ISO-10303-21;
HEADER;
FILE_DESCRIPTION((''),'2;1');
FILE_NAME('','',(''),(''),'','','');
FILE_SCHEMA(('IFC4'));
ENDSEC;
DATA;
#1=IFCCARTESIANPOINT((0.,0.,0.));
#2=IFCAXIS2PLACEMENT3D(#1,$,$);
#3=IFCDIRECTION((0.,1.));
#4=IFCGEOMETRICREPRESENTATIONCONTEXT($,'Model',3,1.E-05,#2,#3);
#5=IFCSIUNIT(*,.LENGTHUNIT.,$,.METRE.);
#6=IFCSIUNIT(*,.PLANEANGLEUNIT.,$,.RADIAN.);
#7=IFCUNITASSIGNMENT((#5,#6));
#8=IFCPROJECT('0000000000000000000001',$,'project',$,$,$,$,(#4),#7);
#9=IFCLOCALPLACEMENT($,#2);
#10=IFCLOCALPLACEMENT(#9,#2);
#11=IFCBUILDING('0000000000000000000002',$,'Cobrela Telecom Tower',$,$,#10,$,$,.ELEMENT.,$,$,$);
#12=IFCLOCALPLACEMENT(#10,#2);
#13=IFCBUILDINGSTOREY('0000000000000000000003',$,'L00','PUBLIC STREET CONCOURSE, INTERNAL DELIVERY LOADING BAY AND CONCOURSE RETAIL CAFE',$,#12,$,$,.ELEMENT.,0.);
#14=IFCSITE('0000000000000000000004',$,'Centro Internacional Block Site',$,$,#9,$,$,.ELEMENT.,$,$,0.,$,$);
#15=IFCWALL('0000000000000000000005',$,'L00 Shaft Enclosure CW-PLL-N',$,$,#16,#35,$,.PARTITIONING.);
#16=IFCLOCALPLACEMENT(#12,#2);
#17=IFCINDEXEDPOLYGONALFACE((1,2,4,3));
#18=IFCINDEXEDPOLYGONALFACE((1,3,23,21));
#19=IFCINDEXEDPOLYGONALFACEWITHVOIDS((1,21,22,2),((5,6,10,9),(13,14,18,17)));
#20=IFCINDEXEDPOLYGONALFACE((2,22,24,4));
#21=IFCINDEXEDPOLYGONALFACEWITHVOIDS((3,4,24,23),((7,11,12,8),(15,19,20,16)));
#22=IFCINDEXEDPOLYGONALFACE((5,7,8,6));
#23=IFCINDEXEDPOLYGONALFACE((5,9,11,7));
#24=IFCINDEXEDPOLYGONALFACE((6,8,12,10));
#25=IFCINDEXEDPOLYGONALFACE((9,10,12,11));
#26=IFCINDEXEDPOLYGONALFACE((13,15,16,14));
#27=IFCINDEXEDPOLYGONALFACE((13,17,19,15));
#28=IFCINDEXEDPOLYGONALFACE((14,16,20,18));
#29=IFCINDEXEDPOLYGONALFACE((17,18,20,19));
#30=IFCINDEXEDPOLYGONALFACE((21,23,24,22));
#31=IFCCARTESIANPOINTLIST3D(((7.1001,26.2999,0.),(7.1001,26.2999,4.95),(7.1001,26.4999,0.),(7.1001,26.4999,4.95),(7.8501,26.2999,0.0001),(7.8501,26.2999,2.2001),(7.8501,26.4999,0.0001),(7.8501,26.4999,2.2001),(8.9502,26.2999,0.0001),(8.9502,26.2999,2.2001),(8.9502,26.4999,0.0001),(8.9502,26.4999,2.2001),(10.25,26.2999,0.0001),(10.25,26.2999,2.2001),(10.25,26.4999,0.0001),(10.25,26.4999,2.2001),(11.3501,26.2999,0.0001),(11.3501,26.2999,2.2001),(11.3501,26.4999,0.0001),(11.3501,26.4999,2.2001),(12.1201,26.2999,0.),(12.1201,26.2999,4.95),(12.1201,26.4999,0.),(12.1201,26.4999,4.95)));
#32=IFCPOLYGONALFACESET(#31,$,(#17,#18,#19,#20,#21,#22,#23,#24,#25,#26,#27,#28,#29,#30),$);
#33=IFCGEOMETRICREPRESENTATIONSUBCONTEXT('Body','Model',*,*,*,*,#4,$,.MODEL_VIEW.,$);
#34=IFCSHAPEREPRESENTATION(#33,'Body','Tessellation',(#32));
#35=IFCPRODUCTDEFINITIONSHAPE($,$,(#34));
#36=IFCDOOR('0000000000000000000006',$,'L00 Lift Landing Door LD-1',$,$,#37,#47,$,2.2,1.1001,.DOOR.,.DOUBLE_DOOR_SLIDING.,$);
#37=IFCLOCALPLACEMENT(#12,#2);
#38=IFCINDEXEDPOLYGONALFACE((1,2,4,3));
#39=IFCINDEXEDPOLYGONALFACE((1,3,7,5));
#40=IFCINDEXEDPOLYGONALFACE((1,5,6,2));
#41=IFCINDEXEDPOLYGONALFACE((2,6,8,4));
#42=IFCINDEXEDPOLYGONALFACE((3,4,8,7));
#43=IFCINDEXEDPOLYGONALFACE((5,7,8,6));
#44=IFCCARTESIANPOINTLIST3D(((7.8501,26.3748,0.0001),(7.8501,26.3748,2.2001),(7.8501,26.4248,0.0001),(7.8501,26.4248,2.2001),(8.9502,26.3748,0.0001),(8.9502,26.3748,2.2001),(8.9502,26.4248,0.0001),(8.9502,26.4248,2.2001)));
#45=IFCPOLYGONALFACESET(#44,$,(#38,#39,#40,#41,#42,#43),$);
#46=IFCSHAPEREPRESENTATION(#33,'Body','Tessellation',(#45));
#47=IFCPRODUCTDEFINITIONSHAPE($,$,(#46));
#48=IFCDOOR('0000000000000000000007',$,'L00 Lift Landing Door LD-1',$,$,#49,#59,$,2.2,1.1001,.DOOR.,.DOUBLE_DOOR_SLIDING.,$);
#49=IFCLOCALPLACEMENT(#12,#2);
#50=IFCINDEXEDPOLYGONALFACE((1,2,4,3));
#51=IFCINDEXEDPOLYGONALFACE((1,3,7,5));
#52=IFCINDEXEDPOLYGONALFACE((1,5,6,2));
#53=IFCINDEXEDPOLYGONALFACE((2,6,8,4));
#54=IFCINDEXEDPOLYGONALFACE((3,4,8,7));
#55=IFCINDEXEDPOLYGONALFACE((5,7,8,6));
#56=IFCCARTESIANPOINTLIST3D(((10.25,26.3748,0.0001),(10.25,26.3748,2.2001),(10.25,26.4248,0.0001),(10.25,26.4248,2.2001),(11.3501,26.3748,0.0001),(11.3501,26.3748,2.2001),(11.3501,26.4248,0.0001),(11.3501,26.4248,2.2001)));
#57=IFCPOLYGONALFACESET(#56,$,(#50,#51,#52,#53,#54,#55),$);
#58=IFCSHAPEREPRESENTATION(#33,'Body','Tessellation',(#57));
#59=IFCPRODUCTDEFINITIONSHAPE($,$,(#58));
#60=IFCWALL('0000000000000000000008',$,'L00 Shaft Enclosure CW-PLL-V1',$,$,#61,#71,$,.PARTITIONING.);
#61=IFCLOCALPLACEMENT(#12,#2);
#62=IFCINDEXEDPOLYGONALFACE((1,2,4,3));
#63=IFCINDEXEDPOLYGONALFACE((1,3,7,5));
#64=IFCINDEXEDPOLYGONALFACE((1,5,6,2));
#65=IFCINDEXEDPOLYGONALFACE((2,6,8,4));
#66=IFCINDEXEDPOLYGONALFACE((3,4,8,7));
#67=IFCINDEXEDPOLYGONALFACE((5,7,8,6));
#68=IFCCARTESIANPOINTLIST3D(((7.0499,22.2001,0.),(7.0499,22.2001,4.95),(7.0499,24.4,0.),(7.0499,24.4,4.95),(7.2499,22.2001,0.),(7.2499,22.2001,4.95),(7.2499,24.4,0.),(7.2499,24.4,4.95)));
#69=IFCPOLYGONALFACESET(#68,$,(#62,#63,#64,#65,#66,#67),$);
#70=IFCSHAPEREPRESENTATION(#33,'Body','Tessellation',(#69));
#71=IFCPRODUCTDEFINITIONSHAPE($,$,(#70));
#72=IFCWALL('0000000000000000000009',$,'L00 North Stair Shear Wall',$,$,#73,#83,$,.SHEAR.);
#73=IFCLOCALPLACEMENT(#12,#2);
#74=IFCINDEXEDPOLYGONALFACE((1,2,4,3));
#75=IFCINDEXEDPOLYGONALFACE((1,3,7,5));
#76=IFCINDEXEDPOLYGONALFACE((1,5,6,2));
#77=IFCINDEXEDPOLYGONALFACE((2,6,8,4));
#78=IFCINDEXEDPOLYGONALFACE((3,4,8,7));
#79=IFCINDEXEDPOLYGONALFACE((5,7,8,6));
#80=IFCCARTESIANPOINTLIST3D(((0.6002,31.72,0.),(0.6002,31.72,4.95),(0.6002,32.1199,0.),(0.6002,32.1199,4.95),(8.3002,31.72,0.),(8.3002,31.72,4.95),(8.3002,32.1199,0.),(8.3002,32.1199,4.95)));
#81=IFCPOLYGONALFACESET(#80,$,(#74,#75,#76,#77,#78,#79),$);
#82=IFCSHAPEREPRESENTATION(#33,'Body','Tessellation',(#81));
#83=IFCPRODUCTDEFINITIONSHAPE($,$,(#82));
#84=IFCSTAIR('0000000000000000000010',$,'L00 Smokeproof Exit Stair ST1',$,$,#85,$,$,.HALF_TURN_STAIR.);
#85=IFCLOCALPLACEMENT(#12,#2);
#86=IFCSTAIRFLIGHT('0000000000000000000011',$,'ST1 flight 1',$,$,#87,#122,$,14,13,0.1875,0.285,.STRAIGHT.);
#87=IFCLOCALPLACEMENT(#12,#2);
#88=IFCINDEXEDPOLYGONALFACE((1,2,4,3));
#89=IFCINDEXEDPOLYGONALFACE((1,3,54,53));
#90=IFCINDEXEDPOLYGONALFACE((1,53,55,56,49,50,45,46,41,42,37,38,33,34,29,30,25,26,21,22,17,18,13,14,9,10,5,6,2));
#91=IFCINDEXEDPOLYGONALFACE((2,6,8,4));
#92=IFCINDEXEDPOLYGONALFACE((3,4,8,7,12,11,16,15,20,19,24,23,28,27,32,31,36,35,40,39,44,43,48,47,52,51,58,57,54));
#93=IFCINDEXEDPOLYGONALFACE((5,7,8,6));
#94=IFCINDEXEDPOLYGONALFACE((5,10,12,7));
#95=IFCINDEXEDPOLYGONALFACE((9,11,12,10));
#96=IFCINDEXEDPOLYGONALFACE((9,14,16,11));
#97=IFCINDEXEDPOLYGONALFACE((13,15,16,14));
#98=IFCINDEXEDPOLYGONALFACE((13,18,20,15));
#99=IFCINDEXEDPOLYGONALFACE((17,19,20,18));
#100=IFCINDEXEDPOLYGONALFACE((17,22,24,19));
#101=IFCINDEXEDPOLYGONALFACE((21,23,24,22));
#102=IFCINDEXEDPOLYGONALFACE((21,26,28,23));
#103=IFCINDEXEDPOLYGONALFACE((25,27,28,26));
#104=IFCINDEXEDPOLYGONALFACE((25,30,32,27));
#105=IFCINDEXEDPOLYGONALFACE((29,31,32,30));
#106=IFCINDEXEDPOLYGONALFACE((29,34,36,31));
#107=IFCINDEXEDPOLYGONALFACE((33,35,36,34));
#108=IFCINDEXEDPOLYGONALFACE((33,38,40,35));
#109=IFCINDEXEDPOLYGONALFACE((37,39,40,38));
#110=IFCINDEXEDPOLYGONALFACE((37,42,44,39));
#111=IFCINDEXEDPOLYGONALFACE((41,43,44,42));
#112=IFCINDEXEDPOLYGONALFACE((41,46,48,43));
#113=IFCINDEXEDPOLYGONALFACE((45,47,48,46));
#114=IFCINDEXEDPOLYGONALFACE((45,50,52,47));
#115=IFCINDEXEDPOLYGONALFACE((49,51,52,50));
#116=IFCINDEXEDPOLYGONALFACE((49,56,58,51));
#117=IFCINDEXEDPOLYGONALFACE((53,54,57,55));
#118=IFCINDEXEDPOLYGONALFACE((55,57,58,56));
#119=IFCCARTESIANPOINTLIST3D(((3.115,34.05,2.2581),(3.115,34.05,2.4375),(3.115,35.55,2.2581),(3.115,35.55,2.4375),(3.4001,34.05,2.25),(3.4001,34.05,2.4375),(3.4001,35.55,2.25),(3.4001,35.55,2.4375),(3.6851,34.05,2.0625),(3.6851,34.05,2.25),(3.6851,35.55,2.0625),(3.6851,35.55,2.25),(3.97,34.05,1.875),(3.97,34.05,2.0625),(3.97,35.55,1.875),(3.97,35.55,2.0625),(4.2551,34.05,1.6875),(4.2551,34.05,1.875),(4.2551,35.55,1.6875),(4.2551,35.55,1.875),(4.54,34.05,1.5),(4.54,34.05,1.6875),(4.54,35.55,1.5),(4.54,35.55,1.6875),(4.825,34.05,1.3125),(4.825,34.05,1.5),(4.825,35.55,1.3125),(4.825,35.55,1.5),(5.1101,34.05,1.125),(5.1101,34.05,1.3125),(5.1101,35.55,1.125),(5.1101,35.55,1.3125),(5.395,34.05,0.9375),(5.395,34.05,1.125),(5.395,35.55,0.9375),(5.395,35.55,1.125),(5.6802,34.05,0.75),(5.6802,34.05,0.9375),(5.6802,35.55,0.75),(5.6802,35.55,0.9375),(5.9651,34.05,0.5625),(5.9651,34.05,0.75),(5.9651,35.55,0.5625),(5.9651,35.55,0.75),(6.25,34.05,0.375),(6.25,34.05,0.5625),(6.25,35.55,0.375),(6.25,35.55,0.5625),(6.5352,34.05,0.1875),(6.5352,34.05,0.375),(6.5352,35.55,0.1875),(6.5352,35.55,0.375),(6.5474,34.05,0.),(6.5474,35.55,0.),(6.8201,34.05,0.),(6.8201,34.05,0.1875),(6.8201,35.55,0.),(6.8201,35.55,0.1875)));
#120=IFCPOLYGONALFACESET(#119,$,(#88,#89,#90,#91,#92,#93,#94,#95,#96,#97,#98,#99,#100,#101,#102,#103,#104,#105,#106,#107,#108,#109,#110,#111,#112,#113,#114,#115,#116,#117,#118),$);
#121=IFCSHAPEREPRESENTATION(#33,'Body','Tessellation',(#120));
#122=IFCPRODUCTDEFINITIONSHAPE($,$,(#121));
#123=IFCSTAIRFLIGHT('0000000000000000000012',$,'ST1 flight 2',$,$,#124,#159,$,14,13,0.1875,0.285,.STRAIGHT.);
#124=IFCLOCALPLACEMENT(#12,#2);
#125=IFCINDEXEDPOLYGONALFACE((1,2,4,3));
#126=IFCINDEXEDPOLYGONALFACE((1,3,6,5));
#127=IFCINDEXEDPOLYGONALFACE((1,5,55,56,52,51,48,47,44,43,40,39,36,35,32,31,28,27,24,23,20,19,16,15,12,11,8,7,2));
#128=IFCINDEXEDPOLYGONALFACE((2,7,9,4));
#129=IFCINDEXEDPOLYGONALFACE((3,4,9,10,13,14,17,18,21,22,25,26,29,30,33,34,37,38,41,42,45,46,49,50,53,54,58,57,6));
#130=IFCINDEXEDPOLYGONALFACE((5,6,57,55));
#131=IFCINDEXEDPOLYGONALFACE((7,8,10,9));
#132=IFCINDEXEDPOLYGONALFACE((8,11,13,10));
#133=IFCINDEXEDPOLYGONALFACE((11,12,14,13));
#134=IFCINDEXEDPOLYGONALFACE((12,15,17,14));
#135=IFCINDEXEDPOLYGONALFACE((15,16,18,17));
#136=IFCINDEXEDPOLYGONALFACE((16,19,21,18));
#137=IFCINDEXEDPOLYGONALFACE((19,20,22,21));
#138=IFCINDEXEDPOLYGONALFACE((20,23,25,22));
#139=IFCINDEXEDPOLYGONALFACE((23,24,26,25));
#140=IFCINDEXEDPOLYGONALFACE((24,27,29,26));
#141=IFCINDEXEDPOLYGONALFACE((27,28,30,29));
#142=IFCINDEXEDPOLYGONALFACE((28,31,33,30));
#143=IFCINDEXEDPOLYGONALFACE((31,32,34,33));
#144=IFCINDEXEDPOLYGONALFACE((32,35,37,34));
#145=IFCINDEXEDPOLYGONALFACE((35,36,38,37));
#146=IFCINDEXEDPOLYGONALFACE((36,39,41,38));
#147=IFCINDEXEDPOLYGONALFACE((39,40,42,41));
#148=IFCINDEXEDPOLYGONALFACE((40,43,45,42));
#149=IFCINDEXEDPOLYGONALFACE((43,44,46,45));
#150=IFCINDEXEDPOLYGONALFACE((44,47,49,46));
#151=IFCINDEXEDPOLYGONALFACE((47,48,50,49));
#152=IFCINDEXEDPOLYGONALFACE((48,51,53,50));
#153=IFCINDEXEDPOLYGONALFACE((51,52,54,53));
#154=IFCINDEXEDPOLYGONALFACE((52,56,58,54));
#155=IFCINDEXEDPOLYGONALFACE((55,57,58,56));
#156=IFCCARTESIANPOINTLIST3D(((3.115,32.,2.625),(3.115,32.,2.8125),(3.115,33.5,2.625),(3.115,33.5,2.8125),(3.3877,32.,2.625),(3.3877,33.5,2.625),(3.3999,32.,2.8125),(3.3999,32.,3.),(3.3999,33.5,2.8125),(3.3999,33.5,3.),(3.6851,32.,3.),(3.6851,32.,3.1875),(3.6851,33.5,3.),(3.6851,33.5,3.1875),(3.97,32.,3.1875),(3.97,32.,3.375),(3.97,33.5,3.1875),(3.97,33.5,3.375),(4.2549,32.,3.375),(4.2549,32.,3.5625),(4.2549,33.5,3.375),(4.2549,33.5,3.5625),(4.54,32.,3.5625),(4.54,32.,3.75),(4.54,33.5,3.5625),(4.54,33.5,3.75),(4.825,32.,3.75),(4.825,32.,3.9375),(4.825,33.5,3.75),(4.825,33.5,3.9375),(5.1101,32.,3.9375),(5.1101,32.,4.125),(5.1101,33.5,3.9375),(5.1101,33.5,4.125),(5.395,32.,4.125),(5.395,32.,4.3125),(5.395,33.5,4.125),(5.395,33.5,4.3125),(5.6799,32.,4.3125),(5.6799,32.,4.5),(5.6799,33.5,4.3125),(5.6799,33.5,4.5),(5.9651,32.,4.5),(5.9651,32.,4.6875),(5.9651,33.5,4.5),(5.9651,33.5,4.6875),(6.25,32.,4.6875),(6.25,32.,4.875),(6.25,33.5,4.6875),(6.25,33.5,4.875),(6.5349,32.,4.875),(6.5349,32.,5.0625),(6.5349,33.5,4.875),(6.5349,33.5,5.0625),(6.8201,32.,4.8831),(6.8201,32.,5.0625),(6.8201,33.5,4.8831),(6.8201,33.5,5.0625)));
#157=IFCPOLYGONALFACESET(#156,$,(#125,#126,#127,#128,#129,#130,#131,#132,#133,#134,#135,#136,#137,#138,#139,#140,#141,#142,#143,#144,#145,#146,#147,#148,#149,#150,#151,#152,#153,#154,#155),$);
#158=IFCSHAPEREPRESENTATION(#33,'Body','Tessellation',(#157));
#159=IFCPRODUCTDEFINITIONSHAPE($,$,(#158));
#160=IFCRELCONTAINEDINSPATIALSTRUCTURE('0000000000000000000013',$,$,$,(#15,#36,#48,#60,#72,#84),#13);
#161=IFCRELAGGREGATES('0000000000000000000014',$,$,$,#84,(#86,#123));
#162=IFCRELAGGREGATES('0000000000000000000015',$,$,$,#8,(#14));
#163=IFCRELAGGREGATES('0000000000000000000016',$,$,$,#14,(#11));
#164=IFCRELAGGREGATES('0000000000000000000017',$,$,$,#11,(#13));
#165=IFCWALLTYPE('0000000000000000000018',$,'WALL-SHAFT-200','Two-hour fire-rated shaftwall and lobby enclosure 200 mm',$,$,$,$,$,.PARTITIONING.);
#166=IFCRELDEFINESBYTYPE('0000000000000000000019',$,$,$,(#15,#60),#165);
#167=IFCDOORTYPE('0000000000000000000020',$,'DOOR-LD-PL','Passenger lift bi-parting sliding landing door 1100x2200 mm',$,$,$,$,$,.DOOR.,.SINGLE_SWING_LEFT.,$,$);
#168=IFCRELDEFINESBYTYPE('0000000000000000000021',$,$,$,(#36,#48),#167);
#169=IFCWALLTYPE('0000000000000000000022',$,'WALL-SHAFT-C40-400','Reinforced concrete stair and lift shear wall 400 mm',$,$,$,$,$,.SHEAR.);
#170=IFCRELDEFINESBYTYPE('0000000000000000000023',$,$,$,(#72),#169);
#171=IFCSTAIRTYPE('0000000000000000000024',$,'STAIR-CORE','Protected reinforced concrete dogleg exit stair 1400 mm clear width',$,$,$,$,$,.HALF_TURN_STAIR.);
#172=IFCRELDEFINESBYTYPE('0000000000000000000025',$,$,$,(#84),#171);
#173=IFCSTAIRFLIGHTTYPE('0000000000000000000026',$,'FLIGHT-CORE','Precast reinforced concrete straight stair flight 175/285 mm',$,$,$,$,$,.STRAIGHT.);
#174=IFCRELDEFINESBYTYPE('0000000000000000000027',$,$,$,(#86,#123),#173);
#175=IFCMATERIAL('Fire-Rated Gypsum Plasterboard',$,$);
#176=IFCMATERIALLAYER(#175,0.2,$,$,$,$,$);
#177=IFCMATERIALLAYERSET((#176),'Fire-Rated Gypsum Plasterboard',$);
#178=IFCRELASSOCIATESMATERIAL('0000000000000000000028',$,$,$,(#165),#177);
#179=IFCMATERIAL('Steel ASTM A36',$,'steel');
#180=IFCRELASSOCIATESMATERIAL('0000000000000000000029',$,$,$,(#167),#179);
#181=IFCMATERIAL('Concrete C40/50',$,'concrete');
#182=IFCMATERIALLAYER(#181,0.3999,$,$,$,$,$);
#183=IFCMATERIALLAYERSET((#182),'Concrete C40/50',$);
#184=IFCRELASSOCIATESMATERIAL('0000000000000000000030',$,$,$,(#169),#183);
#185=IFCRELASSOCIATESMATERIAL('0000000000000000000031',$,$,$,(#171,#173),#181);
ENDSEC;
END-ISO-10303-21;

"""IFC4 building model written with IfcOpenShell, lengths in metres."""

from ifc_helpers import new_model, si_unit, direction, frame, frame_2d, origin, place, context, subcontext, project, spatial, polyline, rectangle, outline, extrude, material, layer, layer_set, type_object, element, fill, aggregate, save


model = new_model("IFC4")

# Units and contexts
model_context = context("Model", 3, precision=1e-05, world=origin(), true_north=direction((0.0, 1.0)))
body_context = subcontext(model_context, "Body", "Model", "MODEL_VIEW")
ifc_project = project(units=[si_unit("LENGTHUNIT", "METRE"), si_unit("PLANEANGLEUNIT", "RADIAN")], contexts=[model_context])

# Site, building, storey
site_placement = place(None, origin())
site = spatial("IfcSite", under=ifc_project, at=site_placement, Name="Centro Internacional Block Site", CompositionType="ELEMENT", RefElevation=0.0)
building_placement = place(site_placement, origin())
building = spatial("IfcBuilding", under=site, at=building_placement, Name="Cobrela Telecom Tower", CompositionType="ELEMENT")
storey_placement = place(building_placement, origin())
storey = spatial("IfcBuildingStorey", under=building, at=storey_placement, Name="L00", Description="PUBLIC STREET CONCOURSE, INTERNAL DELIVERY LOADING BAY AND CONCOURSE RETAIL CAFE", CompositionType="ELEMENT", Elevation=0.0)

# Shared definitions
ifc_material_1 = material(Name="Steel ASTM A36", Category="steel")

# Shared definitions
ifc_material_2 = material(Name="Concrete C40/50", Category="concrete")

# Shared definitions
ifc_material_3 = material(Name="Fire-Rated Gypsum Plasterboard")
ifc_layer_1 = layer(ifc_material_3, 0.2)
ifc_layer_set_1 = layer_set([ifc_layer_1], Name="Fire-Rated Gypsum Plasterboard")
wall_type_1 = type_object("IfcWallType", Name="WALL-SHAFT-200", Description="Two-hour fire-rated shaftwall and lobby enclosure 200 mm", PredefinedType="PARTITIONING", material=ifc_layer_set_1)

# Wall, openings, doors
door_type_1 = type_object("IfcDoorType", Name="DOOR-LD-PL", Description="Passenger lift bi-parting sliding landing door 1100x2200 mm", OperationType="SINGLE_SWING_LEFT", PredefinedType="DOOR", material=ifc_material_1)
wall_1_placement = place(storey_placement, frame((7.1001, 26.3999, 0.0), z_axis=(0.0, 0.0, 1.0), x_axis=(1.0, 0.0, 0.0)))
wall_1 = element("IfcWall", 1, at=wall_1_placement, inside=storey, type_object=wall_type_1, Name="L00 Shaft Enclosure CW-PLL-N", PredefinedType="PARTITIONING", context=body_context, shape_type="SweptSolid", body=[
    extrude(rectangle(XDim=5.02, YDim=0.2, at=frame_2d((2.51, 0.0))), origin(), (0.0, 0.0, 1.0), 4.95),
])
opening_1_placement = place(wall_1_placement, frame((0.75, 0.0, 0.0)))
opening_1 = element("IfcOpeningElement", 2, at=opening_1_placement, cuts=wall_1, PredefinedType="OPENING", context=body_context, shape_type="SweptSolid", body=[
    extrude(rectangle(XDim=1.1001, YDim=2.2, at=frame_2d((0.55, 1.1001))), frame((0.0, 0.1118, 0.0), z_axis=(0.0, -1.0, 0.0), x_axis=(1.0, 0.0, 0.0)), (0.0, 0.0, 1.0), 0.2239),
])
opening_2_placement = place(wall_1_placement, frame((3.1499, 0.0, 0.0)))
opening_2 = element("IfcOpeningElement", 3, at=opening_2_placement, cuts=wall_1, PredefinedType="OPENING", context=body_context, shape_type="SweptSolid", body=[
    extrude(rectangle(XDim=1.1001, YDim=2.2, at=frame_2d((0.55, 1.1001))), frame((0.0, 0.1118, 0.0), z_axis=(0.0, -1.0, 0.0), x_axis=(1.0, 0.0, 0.0)), (0.0, 0.0, 1.0), 0.2239),
])
door_1_placement = place(opening_1_placement, origin())
door_1 = element("IfcDoor", 4, at=door_1_placement, inside=storey, type_object=door_type_1, Name="L00 Lift Landing Door LD-1", OperationType="DOUBLE_DOOR_SLIDING", OverallHeight=2.2, OverallWidth=1.1001, PredefinedType="DOOR", context=body_context, shape_type="SweptSolid", body=[
    extrude(rectangle(XDim=1.1001, YDim=2.2, at=frame_2d((0.55, 1.1001))), frame((0.0, 0.0249, 0.0), z_axis=(0.0, -1.0, 0.0), x_axis=(1.0, 0.0, 0.0)), (0.0, 0.0, 1.0), 0.05),
])
fill(opening_1, door_1)
door_2_placement = place(opening_2_placement, origin())
door_2 = element("IfcDoor", 5, at=door_2_placement, inside=storey, type_object=door_type_1, Name="L00 Lift Landing Door LD-1", OperationType="DOUBLE_DOOR_SLIDING", OverallHeight=2.2, OverallWidth=1.1001, PredefinedType="DOOR", context=body_context, shape_type="SweptSolid", body=[
    extrude(rectangle(XDim=1.1001, YDim=2.2, at=frame_2d((0.55, 1.1001))), frame((0.0, 0.0249, 0.0), z_axis=(0.0, -1.0, 0.0), x_axis=(1.0, 0.0, 0.0)), (0.0, 0.0, 1.0), 0.05),
])
fill(opening_2, door_2)

# Walls
wall_2_placement = place(storey_placement, frame((7.1499, 22.2, 0.0), z_axis=(0.0, 0.0, 1.0), x_axis=(0.0, 1.0, 0.0)))
element("IfcWall", 6, at=wall_2_placement, inside=storey, type_object=wall_type_1, Name="L00 Shaft Enclosure CW-PLL-V1", PredefinedType="PARTITIONING", context=body_context, shape_type="SweptSolid", body=[
    extrude(rectangle(XDim=2.2, YDim=0.2, at=frame_2d((1.1001, 0.0))), origin(), (0.0, 0.0, 1.0), 4.95),
])
ifc_layer_2 = layer(ifc_material_2, 0.3999)
ifc_layer_set_2 = layer_set([ifc_layer_2], Name="Concrete C40/50")
wall_type_2 = type_object("IfcWallType", Name="WALL-SHAFT-C40-400", Description="Reinforced concrete stair and lift shear wall 400 mm", PredefinedType="SHEAR", material=ifc_layer_set_2)
wall_3_placement = place(storey_placement, frame((0.6001, 31.9199, 0.0), z_axis=(0.0, 0.0, 1.0), x_axis=(1.0, 0.0, 0.0)))
element("IfcWall", 7, at=wall_3_placement, inside=storey, type_object=wall_type_2, Name="L00 North Stair Shear Wall", PredefinedType="SHEAR", context=body_context, shape_type="SweptSolid", body=[
    extrude(rectangle(XDim=7.7, YDim=0.3999, at=frame_2d((3.8501, 0.0))), origin(), (0.0, 0.0, 1.0), 4.95),
])

# Stair, stair flights
stair_type = type_object("IfcStairType", Name="STAIR-CORE", Description="Protected reinforced concrete dogleg exit stair 1400 mm clear width", PredefinedType="HALF_TURN_STAIR", material=ifc_material_2)
stair_placement = place(storey_placement, origin())
stair = element("IfcStair", 8, at=stair_placement, inside=storey, type_object=stair_type, Name="L00 Smokeproof Exit Stair ST1", PredefinedType="HALF_TURN_STAIR")
stair_flight_type = type_object("IfcStairFlightType", Name="FLIGHT-CORE", Description="Precast reinforced concrete straight stair flight 175/285 mm", PredefinedType="STRAIGHT", material=ifc_material_2)
stair_flight_1_placement = place(storey_placement, frame((6.8201, 34.8, 0.0), z_axis=(0.0, 0.0, 1.0), x_axis=(-1.0, 0.0, 0.0)))
stair_flight_1 = element("IfcStairFlight", 9, at=stair_flight_1_placement, type_object=stair_flight_type, Name="ST1 flight 1", NumberOfRisers=14, NumberOfTreads=13, PredefinedType="STRAIGHT", RiserHeight=0.1875, TreadLength=0.285, context=body_context, shape_type="SweptSolid", body=[
    extrude(outline(polyline([(0.0, 0.0), (0.0, 0.1875), (0.2849, 0.1875), (0.2849, 0.375), (0.5701, 0.375), (0.5701, 0.5625), (0.855, 0.5625), (0.855, 0.75), (1.1399, 0.75), (1.1399, 0.9375), (1.425, 0.9375), (1.425, 1.125), (1.71, 1.125), (1.71, 1.3125), (1.9951, 1.3125), (1.9951, 1.5), (2.28, 1.5), (2.28, 1.6875), (2.5649, 1.6875), (2.5649, 1.875), (2.8501, 1.875), (2.8501, 2.0625), (3.135, 2.0625), (3.135, 2.25), (3.4199, 2.25), (3.4199, 2.4375), (3.7051, 2.4375), (3.7051, 2.625), (3.7051, 2.2581), (0.2727, 0.0), (0.0, 0.0)])), frame((0.0, 0.75, 0.0), z_axis=(0.0, -1.0, 0.0), x_axis=(1.0, 0.0, 0.0)), (0.0, 0.0, 1.0), 1.5),
])
stair_flight_2_placement = place(storey_placement, frame((3.115, 32.75, 2.625), z_axis=(0.0, 0.0, 1.0), x_axis=(1.0, 0.0, 0.0)))
stair_flight_2 = element("IfcStairFlight", 10, at=stair_flight_2_placement, type_object=stair_flight_type, Name="ST1 flight 2", NumberOfRisers=14, NumberOfTreads=13, PredefinedType="STRAIGHT", RiserHeight=0.1875, TreadLength=0.285, context=body_context, shape_type="SweptSolid", body=[
    extrude(outline(polyline([(0.0, 0.0), (0.0, 0.1875), (0.2849, 0.1875), (0.2849, 0.375), (0.5701, 0.375), (0.5701, 0.5625), (0.855, 0.5625), (0.855, 0.75), (1.1399, 0.75), (1.1399, 0.9375), (1.425, 0.9375), (1.425, 1.125), (1.71, 1.125), (1.71, 1.3125), (1.9951, 1.3125), (1.9951, 1.5), (2.28, 1.5), (2.28, 1.6875), (2.5649, 1.6875), (2.5649, 1.875), (2.8501, 1.875), (2.8501, 2.0625), (3.135, 2.0625), (3.135, 2.25), (3.4199, 2.25), (3.4199, 2.4375), (3.7051, 2.4375), (3.7051, 2.625), (3.7051, 2.2581), (0.2727, 0.0), (0.0, 0.0)])), frame((0.0, 0.75, 0.0), z_axis=(0.0, -1.0, 0.0), x_axis=(1.0, 0.0, 0.0)), (0.0, 0.0, 1.0), 1.5),
])
aggregate(stair, [stair_flight_1, stair_flight_2])

save(model, "model.ifc")
